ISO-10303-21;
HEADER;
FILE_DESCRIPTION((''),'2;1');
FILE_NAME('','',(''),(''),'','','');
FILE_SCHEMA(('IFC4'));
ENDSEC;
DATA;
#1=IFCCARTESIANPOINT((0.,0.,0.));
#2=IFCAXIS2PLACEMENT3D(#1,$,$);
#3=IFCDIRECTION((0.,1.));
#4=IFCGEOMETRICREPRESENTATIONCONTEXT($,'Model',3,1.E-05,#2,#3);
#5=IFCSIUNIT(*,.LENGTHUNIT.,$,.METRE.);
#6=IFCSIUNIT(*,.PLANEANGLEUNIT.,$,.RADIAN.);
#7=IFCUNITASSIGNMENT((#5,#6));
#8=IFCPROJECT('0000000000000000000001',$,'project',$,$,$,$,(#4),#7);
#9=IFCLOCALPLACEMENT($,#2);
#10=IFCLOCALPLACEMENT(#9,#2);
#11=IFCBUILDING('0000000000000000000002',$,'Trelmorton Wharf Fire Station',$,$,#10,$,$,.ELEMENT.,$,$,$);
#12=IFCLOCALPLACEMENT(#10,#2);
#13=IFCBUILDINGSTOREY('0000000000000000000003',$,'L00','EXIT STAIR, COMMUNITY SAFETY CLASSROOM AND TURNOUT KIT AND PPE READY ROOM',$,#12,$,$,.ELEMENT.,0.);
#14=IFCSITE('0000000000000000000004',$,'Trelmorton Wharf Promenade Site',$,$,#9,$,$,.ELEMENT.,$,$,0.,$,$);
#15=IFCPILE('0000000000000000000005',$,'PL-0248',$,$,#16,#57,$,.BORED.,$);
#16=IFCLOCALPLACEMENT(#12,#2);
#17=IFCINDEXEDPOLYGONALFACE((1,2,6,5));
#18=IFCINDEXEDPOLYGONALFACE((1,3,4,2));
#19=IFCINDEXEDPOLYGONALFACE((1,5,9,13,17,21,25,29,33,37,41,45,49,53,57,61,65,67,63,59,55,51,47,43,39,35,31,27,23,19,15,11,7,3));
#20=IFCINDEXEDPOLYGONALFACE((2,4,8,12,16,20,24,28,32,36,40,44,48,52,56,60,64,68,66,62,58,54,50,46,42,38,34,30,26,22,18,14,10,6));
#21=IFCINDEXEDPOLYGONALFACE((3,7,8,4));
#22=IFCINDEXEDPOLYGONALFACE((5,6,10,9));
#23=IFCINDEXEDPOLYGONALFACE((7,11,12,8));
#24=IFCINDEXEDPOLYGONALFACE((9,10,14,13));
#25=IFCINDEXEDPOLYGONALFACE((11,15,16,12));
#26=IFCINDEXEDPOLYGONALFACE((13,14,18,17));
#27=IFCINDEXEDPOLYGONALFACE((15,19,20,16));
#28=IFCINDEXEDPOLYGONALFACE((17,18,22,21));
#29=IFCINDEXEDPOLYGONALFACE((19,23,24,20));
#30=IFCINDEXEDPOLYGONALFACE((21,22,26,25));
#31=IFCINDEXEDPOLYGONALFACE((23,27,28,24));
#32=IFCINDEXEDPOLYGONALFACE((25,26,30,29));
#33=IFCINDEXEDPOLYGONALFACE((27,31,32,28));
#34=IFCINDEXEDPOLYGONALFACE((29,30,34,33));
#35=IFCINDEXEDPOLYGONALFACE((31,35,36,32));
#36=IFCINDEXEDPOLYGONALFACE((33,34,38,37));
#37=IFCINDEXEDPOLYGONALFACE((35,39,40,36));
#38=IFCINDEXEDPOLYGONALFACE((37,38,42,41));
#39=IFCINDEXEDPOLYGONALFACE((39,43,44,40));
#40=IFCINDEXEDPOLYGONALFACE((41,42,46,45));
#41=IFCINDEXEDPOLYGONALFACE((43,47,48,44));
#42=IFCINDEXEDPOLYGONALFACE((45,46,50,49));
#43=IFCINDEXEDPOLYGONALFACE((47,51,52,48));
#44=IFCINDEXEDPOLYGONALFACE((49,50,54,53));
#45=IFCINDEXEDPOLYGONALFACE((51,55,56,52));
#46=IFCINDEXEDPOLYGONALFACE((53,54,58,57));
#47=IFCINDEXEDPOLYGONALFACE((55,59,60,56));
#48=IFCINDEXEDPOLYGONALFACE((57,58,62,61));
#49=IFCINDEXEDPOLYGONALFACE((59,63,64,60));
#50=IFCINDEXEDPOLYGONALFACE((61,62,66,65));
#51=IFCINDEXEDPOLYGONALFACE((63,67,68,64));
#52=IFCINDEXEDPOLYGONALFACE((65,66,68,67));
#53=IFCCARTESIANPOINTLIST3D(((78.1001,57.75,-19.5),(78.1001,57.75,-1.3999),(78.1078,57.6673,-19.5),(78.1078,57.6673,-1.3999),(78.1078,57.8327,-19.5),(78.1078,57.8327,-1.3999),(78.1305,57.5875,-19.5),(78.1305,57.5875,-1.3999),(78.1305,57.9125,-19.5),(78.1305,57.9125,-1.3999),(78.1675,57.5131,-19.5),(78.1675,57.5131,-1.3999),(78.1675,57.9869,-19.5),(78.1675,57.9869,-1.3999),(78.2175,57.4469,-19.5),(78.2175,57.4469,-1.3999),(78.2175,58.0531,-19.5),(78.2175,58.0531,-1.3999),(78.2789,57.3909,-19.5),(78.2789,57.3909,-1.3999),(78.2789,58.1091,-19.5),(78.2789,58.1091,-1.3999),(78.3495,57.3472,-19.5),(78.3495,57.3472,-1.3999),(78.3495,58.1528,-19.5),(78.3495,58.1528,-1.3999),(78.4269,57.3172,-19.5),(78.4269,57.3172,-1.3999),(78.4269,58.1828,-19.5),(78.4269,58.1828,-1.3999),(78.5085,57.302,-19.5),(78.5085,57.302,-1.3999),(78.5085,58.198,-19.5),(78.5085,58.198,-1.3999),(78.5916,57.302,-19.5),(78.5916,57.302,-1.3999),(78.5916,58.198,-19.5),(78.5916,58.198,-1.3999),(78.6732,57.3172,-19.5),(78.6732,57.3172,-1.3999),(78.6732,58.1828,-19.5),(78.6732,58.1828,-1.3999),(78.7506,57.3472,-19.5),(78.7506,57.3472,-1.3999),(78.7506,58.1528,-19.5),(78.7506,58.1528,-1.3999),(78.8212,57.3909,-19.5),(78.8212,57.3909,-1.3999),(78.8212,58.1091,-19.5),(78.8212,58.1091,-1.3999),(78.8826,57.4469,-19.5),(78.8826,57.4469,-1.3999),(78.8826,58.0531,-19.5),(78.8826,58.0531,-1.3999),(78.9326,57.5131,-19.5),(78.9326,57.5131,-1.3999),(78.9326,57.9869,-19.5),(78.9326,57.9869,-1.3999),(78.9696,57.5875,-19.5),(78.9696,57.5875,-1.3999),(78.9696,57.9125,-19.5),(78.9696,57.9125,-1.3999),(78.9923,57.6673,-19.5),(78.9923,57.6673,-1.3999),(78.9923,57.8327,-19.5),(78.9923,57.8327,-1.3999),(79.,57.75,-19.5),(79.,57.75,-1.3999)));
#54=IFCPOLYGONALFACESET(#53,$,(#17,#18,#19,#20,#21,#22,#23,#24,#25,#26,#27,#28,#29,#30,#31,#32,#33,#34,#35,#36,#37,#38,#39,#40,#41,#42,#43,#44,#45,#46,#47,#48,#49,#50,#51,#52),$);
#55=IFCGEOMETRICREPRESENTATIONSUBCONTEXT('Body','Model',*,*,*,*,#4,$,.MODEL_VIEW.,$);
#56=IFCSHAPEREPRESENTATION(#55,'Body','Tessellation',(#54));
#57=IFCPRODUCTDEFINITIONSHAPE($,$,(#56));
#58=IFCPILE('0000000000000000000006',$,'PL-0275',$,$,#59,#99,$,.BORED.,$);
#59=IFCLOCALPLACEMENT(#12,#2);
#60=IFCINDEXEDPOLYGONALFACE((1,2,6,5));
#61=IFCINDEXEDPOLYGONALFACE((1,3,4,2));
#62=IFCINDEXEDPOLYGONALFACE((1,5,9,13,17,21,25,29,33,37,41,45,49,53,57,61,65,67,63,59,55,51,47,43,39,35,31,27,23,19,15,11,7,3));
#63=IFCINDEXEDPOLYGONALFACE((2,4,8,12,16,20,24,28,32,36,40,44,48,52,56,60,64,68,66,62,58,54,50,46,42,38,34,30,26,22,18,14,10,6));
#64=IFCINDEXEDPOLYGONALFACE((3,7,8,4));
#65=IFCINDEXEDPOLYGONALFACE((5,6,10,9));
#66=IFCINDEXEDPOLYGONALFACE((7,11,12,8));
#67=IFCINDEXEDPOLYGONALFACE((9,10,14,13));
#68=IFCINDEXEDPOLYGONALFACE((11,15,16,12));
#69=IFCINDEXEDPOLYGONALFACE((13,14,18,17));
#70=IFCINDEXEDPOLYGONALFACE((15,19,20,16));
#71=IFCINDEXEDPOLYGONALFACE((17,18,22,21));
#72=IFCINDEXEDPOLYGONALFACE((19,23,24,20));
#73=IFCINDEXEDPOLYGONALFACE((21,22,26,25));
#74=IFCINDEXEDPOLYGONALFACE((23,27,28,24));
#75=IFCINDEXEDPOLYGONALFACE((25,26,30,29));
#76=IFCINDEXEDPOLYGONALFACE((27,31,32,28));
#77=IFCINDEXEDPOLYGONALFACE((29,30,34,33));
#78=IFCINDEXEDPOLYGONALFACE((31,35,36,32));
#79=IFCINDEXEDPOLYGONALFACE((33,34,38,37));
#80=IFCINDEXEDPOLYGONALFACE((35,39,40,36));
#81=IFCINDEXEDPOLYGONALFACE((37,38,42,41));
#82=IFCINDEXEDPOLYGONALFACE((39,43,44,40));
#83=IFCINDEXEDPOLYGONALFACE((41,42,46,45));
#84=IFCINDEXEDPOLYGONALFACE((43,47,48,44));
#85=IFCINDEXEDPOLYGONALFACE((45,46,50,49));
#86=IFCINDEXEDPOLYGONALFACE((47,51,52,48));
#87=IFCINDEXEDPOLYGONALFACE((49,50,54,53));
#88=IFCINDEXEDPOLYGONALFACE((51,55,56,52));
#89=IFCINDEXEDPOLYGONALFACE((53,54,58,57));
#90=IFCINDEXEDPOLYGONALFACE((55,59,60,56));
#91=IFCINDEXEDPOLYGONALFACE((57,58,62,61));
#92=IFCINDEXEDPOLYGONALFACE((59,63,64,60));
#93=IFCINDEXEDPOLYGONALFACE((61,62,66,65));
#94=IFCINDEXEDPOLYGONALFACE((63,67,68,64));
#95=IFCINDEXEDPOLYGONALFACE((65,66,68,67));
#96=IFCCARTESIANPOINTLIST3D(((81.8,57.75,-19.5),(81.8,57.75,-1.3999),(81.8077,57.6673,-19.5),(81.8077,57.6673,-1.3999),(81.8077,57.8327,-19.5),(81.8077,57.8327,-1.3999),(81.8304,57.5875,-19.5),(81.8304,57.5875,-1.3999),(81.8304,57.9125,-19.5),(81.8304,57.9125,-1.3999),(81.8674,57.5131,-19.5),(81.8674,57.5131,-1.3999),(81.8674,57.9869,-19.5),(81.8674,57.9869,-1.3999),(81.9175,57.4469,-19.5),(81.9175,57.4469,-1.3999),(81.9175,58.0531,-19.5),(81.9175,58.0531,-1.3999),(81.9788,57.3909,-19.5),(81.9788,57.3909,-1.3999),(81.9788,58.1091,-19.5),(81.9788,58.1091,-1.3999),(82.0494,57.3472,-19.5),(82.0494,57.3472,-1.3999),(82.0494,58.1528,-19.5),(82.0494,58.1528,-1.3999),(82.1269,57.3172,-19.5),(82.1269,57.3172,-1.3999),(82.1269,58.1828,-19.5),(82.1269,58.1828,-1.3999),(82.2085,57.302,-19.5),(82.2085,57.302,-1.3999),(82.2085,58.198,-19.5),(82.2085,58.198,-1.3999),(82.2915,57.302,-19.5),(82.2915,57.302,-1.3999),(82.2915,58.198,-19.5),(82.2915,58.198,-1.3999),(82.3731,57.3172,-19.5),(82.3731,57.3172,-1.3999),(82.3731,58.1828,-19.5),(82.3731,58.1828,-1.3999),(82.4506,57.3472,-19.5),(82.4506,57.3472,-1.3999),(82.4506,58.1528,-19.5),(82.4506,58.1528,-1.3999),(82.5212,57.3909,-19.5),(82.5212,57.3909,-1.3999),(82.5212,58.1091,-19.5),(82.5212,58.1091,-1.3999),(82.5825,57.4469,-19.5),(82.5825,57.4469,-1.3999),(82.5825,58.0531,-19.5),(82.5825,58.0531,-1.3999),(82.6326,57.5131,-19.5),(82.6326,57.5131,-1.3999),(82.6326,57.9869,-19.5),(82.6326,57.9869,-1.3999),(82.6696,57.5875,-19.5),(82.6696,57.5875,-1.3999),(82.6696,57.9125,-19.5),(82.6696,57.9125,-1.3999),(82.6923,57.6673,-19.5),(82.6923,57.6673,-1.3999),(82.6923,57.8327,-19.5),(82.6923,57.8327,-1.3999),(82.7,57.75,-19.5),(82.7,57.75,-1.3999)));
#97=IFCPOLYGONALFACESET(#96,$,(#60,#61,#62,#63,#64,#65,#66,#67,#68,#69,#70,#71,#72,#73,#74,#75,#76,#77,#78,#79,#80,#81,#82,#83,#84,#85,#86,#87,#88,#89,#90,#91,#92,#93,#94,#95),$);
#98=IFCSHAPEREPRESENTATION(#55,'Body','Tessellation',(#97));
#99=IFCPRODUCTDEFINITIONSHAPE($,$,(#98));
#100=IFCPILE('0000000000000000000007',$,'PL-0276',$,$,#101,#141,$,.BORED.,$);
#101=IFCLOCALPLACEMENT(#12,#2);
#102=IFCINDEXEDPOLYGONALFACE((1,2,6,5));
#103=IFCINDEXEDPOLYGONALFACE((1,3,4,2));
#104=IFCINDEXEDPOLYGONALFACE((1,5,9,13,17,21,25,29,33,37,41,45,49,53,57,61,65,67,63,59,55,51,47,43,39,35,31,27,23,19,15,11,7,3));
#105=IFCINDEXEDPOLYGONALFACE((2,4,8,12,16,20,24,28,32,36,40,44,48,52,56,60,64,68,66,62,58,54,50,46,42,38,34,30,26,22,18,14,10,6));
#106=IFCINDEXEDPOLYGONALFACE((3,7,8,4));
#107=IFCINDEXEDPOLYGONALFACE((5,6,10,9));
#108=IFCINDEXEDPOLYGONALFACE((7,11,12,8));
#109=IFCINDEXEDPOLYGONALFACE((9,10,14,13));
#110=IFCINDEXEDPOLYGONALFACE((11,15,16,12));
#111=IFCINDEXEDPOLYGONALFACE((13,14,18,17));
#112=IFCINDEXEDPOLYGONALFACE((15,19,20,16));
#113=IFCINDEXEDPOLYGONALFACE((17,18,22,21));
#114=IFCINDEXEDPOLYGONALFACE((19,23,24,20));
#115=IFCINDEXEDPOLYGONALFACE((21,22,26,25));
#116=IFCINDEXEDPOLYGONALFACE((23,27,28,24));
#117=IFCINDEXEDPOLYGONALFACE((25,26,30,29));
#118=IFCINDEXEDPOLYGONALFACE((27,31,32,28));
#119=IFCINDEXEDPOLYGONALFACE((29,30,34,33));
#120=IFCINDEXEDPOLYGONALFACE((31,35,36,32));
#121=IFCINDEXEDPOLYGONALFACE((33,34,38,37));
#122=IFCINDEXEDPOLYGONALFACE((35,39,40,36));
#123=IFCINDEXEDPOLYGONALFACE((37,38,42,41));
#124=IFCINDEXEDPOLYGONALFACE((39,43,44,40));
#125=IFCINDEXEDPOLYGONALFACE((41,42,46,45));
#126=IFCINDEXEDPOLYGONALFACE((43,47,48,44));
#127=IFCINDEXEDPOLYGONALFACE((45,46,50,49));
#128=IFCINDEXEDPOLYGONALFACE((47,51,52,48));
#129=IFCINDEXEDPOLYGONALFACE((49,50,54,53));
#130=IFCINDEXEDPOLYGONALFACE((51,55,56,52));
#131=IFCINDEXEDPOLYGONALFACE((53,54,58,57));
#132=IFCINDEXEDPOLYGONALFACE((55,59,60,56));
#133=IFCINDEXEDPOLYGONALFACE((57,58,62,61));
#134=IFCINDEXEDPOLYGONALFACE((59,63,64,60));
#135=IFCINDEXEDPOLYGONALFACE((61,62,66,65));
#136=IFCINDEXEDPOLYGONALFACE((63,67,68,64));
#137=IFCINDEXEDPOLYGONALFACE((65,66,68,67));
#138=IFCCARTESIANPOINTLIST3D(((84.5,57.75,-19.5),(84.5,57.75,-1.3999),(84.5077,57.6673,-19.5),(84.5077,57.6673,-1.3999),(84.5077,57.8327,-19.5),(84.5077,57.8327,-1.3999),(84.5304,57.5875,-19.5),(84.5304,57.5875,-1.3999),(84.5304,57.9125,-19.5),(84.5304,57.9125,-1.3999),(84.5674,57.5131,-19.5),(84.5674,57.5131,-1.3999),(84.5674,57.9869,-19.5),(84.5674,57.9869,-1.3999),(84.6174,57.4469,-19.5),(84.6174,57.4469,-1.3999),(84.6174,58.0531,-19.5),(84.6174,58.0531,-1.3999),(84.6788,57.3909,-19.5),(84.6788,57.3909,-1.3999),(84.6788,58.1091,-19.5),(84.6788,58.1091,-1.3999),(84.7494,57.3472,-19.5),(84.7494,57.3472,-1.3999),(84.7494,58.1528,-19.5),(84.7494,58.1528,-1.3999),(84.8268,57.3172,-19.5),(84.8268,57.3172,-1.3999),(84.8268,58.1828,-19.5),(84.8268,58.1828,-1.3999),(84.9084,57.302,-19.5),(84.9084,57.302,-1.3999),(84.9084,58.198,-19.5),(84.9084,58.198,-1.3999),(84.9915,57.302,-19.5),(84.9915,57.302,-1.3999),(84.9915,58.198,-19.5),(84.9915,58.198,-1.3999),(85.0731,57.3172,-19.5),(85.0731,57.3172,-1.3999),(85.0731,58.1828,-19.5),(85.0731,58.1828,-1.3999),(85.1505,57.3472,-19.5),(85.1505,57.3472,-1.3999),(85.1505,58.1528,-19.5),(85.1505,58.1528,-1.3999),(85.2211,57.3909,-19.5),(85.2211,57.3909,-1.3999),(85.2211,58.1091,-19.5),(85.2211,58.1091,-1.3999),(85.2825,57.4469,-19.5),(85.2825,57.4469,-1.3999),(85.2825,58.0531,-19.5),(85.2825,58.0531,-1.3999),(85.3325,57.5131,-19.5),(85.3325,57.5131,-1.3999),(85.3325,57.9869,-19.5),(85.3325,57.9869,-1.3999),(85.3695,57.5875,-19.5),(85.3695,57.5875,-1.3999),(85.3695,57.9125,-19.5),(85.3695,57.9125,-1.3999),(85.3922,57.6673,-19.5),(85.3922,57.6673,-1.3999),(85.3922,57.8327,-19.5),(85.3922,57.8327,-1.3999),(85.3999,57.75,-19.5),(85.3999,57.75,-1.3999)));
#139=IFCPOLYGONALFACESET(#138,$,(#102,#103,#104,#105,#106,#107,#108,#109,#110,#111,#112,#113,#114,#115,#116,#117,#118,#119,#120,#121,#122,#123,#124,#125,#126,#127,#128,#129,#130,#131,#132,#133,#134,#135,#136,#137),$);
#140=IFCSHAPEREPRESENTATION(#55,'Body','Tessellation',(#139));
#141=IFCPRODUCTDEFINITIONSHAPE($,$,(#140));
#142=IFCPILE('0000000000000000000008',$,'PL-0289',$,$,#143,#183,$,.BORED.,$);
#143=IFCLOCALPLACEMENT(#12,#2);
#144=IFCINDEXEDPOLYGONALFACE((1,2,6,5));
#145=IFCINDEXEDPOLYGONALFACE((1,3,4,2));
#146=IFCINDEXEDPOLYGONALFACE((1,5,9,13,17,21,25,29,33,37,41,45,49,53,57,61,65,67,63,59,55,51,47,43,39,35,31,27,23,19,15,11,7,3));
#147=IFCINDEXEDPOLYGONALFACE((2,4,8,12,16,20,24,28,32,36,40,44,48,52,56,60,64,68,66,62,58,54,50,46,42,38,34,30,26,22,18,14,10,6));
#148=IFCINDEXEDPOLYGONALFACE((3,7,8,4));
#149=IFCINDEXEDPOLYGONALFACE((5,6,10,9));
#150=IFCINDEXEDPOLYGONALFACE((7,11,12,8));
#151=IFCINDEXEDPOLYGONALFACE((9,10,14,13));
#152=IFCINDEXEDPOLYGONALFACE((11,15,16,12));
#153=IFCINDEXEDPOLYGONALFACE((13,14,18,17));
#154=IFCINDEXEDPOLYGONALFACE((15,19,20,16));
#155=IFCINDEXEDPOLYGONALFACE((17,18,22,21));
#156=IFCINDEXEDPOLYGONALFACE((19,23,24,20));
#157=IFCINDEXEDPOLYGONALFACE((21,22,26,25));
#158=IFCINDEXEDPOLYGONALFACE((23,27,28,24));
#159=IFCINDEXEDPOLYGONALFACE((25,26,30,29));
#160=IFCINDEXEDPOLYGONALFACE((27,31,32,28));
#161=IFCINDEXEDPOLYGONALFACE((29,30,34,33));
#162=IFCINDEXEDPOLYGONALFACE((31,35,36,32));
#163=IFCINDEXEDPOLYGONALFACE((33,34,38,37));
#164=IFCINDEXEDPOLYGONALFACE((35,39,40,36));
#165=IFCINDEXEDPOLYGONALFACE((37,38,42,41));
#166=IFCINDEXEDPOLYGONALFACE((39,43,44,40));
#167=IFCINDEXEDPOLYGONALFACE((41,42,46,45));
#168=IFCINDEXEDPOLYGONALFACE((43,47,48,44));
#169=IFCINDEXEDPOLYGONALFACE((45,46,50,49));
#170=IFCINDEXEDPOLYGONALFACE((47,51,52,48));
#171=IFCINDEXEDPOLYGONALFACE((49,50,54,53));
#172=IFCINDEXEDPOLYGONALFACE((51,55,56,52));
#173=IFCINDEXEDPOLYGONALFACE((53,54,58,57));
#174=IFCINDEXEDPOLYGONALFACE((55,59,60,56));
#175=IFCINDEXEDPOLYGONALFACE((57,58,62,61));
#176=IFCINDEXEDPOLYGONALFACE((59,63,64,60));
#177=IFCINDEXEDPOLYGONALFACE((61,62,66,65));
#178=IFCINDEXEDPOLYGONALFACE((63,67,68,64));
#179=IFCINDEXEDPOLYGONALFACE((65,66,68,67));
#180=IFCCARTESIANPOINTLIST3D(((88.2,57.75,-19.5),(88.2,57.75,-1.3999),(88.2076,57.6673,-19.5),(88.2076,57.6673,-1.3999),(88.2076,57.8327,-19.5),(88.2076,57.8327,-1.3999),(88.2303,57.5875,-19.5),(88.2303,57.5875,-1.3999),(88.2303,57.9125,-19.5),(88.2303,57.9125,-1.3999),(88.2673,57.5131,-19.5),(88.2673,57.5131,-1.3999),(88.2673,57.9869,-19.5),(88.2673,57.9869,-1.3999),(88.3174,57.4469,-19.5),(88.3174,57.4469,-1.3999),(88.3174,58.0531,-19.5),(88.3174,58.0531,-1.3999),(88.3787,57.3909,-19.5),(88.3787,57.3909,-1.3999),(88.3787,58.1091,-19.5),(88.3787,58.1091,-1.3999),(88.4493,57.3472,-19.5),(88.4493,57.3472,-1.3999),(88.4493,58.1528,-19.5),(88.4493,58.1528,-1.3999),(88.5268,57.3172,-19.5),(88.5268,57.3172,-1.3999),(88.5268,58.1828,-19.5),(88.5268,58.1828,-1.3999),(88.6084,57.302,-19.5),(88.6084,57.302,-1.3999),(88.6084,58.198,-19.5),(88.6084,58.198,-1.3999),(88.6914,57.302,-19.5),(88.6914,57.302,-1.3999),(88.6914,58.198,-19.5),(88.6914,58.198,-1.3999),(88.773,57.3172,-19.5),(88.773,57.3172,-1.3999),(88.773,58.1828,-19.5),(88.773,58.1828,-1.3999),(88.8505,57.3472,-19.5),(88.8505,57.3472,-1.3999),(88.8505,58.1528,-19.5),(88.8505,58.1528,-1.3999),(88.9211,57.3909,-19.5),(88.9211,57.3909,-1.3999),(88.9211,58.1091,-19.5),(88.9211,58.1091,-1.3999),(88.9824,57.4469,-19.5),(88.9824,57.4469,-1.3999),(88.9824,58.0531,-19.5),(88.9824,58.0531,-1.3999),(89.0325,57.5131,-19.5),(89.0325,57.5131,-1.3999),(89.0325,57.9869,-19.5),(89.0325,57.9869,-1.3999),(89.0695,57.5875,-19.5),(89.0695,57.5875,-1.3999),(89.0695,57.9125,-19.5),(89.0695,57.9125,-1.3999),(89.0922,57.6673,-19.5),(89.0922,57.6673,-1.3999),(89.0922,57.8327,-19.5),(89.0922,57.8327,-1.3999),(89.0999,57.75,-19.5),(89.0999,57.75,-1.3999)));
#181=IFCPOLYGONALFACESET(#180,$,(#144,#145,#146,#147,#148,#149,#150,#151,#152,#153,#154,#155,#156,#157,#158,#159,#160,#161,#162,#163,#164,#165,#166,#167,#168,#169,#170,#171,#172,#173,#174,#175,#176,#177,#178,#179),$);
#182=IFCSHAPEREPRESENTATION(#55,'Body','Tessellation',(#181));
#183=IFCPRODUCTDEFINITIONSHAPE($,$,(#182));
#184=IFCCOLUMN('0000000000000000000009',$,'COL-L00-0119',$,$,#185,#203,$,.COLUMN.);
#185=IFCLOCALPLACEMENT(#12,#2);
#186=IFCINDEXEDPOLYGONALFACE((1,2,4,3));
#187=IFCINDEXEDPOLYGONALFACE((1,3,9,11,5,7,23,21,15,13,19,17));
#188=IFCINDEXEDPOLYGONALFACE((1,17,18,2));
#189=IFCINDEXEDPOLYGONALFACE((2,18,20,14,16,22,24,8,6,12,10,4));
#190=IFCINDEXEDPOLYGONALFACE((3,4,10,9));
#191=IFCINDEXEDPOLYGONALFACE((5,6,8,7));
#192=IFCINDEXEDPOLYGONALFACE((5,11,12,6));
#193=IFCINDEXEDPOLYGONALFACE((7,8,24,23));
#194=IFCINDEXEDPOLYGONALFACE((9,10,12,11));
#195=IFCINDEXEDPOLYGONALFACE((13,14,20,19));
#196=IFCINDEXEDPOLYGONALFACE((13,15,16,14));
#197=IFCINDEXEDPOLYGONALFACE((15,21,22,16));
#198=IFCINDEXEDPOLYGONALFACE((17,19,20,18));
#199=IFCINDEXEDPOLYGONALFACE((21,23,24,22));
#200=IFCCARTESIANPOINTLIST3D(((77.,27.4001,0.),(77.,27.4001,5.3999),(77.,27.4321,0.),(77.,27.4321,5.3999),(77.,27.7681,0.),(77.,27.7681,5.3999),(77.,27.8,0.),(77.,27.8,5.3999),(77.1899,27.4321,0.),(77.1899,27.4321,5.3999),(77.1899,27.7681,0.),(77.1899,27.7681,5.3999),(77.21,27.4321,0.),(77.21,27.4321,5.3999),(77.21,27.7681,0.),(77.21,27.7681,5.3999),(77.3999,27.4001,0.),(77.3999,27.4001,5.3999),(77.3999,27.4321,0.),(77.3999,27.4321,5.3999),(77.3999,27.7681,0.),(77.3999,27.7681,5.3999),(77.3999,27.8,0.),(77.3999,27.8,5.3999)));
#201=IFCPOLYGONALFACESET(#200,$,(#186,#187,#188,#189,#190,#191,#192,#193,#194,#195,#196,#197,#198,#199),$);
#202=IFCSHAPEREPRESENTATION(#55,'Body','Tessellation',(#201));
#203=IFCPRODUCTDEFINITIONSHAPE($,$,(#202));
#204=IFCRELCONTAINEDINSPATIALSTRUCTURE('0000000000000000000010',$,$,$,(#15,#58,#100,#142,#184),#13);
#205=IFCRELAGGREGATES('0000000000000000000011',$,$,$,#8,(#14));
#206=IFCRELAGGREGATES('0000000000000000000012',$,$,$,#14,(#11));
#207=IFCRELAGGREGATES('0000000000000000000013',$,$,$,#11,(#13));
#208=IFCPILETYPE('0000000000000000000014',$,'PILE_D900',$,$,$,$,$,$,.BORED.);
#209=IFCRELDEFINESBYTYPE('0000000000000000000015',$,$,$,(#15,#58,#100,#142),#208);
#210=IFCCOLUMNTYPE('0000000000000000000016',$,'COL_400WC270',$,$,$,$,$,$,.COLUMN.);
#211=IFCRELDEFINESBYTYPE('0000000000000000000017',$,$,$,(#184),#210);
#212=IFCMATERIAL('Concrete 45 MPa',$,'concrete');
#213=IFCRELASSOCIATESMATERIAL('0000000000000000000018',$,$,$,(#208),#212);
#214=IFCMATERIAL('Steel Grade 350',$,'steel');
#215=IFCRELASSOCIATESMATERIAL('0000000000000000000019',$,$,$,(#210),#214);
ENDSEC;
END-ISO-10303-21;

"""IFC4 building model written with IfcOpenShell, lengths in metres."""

from ifc_helpers import new_model, si_unit, direction, frame, origin, origin_2d, place, context, subcontext, project, spatial, circle, i_section, extrude, material, material_profile, profile_set, type_object, element, save


model = new_model("IFC4")

# Units and contexts
model_context = context("Model", 3, precision=1e-05, world=origin(), true_north=direction((0.0, 1.0)))
body_context = subcontext(model_context, "Body", "Model", "MODEL_VIEW")
ifc_project = project(units=[si_unit("LENGTHUNIT", "METRE"), si_unit("PLANEANGLEUNIT", "RADIAN")], contexts=[model_context])

# Site, building, storey
site_placement = place(None, origin())
site = spatial("IfcSite", under=ifc_project, at=site_placement, Name="Trelmorton Wharf Promenade Site", CompositionType="ELEMENT", RefElevation=0.0)
building_placement = place(site_placement, origin())
building = spatial("IfcBuilding", under=site, at=building_placement, Name="Trelmorton Wharf Fire Station", CompositionType="ELEMENT")
storey_placement = place(building_placement, origin())
storey = spatial("IfcBuildingStorey", under=building, at=storey_placement, Name="L00", Description="EXIT STAIR, COMMUNITY SAFETY CLASSROOM AND TURNOUT KIT AND PPE READY ROOM", CompositionType="ELEMENT", Elevation=0.0)

# Piles
ifc_material_1 = material(Name="Concrete 45 MPa", Category="concrete")
ifc_material_profile_1 = material_profile(ifc_material_1, circle(Radius=0.45, at=origin_2d()), Name="PILE-D900")
ifc_profile_set_1 = profile_set([ifc_material_profile_1], Name="Concrete 45 MPa")
pile_type_1 = type_object("IfcPileType", Name="PILE_D900", PredefinedType="BORED", material=ifc_profile_set_1)
for number, where, z_axis, x_axis, name in (
    (1, (78.55, 57.75, -1.3999), (0.0, 0.0, -1.0), (1.0, 0.0, 0.0), "PL-0248"),
    (2, (82.25, 57.75, -1.3999), (0.0, 0.0, -1.0), (1.0, 0.0, 0.0), "PL-0275"),
    (3, (84.95, 57.75, -1.3999), (0.0, 0.0, -1.0), (1.0, 0.0, 0.0), "PL-0276"),
    (4, (88.6499, 57.75, -1.3999), (0.0, 0.0, -1.0), (1.0, 0.0, 0.0), "PL-0289"),
):
    element("IfcPile", number, at=place(storey_placement, frame(where, z_axis=z_axis, x_axis=x_axis)), inside=storey, type_object=pile_type_1, Name=name, PredefinedType="BORED", context=body_context, shape_type="SweptSolid", body=[
        extrude(circle(Radius=0.45, at=origin_2d()), origin(), (0.0, 0.0, 1.0), 18.1001),
    ])

# Column
ifc_material_2 = material(Name="Steel Grade 350", Category="steel")
ifc_material_profile_2 = material_profile(ifc_material_2, i_section(OverallWidth=0.3999, OverallDepth=0.3999, WebThickness=0.02, FlangeThickness=0.032, at=origin_2d()), Name="400WC270")
ifc_profile_set_2 = profile_set([ifc_material_profile_2], Name="Steel Grade 350")
column_type_1 = type_object("IfcColumnType", Name="COL_400WC270", PredefinedType="COLUMN", material=ifc_profile_set_2)
column_1_placement = place(storey_placement, frame((77.2, 27.6001, 0.0), z_axis=(0.0, 0.0, 1.0), x_axis=(1.0, 0.0, 0.0)))
element("IfcColumn", 5, at=column_1_placement, inside=storey, type_object=column_type_1, Name="COL-L00-0119", PredefinedType="COLUMN", context=body_context, shape_type="SweptSolid", body=[
    extrude(i_section(OverallWidth=0.3999, OverallDepth=0.3999, WebThickness=0.02, FlangeThickness=0.032, at=origin_2d()), origin(), (0.0, 0.0, 1.0), 5.3999),
])

save(model, "model.ifc")
